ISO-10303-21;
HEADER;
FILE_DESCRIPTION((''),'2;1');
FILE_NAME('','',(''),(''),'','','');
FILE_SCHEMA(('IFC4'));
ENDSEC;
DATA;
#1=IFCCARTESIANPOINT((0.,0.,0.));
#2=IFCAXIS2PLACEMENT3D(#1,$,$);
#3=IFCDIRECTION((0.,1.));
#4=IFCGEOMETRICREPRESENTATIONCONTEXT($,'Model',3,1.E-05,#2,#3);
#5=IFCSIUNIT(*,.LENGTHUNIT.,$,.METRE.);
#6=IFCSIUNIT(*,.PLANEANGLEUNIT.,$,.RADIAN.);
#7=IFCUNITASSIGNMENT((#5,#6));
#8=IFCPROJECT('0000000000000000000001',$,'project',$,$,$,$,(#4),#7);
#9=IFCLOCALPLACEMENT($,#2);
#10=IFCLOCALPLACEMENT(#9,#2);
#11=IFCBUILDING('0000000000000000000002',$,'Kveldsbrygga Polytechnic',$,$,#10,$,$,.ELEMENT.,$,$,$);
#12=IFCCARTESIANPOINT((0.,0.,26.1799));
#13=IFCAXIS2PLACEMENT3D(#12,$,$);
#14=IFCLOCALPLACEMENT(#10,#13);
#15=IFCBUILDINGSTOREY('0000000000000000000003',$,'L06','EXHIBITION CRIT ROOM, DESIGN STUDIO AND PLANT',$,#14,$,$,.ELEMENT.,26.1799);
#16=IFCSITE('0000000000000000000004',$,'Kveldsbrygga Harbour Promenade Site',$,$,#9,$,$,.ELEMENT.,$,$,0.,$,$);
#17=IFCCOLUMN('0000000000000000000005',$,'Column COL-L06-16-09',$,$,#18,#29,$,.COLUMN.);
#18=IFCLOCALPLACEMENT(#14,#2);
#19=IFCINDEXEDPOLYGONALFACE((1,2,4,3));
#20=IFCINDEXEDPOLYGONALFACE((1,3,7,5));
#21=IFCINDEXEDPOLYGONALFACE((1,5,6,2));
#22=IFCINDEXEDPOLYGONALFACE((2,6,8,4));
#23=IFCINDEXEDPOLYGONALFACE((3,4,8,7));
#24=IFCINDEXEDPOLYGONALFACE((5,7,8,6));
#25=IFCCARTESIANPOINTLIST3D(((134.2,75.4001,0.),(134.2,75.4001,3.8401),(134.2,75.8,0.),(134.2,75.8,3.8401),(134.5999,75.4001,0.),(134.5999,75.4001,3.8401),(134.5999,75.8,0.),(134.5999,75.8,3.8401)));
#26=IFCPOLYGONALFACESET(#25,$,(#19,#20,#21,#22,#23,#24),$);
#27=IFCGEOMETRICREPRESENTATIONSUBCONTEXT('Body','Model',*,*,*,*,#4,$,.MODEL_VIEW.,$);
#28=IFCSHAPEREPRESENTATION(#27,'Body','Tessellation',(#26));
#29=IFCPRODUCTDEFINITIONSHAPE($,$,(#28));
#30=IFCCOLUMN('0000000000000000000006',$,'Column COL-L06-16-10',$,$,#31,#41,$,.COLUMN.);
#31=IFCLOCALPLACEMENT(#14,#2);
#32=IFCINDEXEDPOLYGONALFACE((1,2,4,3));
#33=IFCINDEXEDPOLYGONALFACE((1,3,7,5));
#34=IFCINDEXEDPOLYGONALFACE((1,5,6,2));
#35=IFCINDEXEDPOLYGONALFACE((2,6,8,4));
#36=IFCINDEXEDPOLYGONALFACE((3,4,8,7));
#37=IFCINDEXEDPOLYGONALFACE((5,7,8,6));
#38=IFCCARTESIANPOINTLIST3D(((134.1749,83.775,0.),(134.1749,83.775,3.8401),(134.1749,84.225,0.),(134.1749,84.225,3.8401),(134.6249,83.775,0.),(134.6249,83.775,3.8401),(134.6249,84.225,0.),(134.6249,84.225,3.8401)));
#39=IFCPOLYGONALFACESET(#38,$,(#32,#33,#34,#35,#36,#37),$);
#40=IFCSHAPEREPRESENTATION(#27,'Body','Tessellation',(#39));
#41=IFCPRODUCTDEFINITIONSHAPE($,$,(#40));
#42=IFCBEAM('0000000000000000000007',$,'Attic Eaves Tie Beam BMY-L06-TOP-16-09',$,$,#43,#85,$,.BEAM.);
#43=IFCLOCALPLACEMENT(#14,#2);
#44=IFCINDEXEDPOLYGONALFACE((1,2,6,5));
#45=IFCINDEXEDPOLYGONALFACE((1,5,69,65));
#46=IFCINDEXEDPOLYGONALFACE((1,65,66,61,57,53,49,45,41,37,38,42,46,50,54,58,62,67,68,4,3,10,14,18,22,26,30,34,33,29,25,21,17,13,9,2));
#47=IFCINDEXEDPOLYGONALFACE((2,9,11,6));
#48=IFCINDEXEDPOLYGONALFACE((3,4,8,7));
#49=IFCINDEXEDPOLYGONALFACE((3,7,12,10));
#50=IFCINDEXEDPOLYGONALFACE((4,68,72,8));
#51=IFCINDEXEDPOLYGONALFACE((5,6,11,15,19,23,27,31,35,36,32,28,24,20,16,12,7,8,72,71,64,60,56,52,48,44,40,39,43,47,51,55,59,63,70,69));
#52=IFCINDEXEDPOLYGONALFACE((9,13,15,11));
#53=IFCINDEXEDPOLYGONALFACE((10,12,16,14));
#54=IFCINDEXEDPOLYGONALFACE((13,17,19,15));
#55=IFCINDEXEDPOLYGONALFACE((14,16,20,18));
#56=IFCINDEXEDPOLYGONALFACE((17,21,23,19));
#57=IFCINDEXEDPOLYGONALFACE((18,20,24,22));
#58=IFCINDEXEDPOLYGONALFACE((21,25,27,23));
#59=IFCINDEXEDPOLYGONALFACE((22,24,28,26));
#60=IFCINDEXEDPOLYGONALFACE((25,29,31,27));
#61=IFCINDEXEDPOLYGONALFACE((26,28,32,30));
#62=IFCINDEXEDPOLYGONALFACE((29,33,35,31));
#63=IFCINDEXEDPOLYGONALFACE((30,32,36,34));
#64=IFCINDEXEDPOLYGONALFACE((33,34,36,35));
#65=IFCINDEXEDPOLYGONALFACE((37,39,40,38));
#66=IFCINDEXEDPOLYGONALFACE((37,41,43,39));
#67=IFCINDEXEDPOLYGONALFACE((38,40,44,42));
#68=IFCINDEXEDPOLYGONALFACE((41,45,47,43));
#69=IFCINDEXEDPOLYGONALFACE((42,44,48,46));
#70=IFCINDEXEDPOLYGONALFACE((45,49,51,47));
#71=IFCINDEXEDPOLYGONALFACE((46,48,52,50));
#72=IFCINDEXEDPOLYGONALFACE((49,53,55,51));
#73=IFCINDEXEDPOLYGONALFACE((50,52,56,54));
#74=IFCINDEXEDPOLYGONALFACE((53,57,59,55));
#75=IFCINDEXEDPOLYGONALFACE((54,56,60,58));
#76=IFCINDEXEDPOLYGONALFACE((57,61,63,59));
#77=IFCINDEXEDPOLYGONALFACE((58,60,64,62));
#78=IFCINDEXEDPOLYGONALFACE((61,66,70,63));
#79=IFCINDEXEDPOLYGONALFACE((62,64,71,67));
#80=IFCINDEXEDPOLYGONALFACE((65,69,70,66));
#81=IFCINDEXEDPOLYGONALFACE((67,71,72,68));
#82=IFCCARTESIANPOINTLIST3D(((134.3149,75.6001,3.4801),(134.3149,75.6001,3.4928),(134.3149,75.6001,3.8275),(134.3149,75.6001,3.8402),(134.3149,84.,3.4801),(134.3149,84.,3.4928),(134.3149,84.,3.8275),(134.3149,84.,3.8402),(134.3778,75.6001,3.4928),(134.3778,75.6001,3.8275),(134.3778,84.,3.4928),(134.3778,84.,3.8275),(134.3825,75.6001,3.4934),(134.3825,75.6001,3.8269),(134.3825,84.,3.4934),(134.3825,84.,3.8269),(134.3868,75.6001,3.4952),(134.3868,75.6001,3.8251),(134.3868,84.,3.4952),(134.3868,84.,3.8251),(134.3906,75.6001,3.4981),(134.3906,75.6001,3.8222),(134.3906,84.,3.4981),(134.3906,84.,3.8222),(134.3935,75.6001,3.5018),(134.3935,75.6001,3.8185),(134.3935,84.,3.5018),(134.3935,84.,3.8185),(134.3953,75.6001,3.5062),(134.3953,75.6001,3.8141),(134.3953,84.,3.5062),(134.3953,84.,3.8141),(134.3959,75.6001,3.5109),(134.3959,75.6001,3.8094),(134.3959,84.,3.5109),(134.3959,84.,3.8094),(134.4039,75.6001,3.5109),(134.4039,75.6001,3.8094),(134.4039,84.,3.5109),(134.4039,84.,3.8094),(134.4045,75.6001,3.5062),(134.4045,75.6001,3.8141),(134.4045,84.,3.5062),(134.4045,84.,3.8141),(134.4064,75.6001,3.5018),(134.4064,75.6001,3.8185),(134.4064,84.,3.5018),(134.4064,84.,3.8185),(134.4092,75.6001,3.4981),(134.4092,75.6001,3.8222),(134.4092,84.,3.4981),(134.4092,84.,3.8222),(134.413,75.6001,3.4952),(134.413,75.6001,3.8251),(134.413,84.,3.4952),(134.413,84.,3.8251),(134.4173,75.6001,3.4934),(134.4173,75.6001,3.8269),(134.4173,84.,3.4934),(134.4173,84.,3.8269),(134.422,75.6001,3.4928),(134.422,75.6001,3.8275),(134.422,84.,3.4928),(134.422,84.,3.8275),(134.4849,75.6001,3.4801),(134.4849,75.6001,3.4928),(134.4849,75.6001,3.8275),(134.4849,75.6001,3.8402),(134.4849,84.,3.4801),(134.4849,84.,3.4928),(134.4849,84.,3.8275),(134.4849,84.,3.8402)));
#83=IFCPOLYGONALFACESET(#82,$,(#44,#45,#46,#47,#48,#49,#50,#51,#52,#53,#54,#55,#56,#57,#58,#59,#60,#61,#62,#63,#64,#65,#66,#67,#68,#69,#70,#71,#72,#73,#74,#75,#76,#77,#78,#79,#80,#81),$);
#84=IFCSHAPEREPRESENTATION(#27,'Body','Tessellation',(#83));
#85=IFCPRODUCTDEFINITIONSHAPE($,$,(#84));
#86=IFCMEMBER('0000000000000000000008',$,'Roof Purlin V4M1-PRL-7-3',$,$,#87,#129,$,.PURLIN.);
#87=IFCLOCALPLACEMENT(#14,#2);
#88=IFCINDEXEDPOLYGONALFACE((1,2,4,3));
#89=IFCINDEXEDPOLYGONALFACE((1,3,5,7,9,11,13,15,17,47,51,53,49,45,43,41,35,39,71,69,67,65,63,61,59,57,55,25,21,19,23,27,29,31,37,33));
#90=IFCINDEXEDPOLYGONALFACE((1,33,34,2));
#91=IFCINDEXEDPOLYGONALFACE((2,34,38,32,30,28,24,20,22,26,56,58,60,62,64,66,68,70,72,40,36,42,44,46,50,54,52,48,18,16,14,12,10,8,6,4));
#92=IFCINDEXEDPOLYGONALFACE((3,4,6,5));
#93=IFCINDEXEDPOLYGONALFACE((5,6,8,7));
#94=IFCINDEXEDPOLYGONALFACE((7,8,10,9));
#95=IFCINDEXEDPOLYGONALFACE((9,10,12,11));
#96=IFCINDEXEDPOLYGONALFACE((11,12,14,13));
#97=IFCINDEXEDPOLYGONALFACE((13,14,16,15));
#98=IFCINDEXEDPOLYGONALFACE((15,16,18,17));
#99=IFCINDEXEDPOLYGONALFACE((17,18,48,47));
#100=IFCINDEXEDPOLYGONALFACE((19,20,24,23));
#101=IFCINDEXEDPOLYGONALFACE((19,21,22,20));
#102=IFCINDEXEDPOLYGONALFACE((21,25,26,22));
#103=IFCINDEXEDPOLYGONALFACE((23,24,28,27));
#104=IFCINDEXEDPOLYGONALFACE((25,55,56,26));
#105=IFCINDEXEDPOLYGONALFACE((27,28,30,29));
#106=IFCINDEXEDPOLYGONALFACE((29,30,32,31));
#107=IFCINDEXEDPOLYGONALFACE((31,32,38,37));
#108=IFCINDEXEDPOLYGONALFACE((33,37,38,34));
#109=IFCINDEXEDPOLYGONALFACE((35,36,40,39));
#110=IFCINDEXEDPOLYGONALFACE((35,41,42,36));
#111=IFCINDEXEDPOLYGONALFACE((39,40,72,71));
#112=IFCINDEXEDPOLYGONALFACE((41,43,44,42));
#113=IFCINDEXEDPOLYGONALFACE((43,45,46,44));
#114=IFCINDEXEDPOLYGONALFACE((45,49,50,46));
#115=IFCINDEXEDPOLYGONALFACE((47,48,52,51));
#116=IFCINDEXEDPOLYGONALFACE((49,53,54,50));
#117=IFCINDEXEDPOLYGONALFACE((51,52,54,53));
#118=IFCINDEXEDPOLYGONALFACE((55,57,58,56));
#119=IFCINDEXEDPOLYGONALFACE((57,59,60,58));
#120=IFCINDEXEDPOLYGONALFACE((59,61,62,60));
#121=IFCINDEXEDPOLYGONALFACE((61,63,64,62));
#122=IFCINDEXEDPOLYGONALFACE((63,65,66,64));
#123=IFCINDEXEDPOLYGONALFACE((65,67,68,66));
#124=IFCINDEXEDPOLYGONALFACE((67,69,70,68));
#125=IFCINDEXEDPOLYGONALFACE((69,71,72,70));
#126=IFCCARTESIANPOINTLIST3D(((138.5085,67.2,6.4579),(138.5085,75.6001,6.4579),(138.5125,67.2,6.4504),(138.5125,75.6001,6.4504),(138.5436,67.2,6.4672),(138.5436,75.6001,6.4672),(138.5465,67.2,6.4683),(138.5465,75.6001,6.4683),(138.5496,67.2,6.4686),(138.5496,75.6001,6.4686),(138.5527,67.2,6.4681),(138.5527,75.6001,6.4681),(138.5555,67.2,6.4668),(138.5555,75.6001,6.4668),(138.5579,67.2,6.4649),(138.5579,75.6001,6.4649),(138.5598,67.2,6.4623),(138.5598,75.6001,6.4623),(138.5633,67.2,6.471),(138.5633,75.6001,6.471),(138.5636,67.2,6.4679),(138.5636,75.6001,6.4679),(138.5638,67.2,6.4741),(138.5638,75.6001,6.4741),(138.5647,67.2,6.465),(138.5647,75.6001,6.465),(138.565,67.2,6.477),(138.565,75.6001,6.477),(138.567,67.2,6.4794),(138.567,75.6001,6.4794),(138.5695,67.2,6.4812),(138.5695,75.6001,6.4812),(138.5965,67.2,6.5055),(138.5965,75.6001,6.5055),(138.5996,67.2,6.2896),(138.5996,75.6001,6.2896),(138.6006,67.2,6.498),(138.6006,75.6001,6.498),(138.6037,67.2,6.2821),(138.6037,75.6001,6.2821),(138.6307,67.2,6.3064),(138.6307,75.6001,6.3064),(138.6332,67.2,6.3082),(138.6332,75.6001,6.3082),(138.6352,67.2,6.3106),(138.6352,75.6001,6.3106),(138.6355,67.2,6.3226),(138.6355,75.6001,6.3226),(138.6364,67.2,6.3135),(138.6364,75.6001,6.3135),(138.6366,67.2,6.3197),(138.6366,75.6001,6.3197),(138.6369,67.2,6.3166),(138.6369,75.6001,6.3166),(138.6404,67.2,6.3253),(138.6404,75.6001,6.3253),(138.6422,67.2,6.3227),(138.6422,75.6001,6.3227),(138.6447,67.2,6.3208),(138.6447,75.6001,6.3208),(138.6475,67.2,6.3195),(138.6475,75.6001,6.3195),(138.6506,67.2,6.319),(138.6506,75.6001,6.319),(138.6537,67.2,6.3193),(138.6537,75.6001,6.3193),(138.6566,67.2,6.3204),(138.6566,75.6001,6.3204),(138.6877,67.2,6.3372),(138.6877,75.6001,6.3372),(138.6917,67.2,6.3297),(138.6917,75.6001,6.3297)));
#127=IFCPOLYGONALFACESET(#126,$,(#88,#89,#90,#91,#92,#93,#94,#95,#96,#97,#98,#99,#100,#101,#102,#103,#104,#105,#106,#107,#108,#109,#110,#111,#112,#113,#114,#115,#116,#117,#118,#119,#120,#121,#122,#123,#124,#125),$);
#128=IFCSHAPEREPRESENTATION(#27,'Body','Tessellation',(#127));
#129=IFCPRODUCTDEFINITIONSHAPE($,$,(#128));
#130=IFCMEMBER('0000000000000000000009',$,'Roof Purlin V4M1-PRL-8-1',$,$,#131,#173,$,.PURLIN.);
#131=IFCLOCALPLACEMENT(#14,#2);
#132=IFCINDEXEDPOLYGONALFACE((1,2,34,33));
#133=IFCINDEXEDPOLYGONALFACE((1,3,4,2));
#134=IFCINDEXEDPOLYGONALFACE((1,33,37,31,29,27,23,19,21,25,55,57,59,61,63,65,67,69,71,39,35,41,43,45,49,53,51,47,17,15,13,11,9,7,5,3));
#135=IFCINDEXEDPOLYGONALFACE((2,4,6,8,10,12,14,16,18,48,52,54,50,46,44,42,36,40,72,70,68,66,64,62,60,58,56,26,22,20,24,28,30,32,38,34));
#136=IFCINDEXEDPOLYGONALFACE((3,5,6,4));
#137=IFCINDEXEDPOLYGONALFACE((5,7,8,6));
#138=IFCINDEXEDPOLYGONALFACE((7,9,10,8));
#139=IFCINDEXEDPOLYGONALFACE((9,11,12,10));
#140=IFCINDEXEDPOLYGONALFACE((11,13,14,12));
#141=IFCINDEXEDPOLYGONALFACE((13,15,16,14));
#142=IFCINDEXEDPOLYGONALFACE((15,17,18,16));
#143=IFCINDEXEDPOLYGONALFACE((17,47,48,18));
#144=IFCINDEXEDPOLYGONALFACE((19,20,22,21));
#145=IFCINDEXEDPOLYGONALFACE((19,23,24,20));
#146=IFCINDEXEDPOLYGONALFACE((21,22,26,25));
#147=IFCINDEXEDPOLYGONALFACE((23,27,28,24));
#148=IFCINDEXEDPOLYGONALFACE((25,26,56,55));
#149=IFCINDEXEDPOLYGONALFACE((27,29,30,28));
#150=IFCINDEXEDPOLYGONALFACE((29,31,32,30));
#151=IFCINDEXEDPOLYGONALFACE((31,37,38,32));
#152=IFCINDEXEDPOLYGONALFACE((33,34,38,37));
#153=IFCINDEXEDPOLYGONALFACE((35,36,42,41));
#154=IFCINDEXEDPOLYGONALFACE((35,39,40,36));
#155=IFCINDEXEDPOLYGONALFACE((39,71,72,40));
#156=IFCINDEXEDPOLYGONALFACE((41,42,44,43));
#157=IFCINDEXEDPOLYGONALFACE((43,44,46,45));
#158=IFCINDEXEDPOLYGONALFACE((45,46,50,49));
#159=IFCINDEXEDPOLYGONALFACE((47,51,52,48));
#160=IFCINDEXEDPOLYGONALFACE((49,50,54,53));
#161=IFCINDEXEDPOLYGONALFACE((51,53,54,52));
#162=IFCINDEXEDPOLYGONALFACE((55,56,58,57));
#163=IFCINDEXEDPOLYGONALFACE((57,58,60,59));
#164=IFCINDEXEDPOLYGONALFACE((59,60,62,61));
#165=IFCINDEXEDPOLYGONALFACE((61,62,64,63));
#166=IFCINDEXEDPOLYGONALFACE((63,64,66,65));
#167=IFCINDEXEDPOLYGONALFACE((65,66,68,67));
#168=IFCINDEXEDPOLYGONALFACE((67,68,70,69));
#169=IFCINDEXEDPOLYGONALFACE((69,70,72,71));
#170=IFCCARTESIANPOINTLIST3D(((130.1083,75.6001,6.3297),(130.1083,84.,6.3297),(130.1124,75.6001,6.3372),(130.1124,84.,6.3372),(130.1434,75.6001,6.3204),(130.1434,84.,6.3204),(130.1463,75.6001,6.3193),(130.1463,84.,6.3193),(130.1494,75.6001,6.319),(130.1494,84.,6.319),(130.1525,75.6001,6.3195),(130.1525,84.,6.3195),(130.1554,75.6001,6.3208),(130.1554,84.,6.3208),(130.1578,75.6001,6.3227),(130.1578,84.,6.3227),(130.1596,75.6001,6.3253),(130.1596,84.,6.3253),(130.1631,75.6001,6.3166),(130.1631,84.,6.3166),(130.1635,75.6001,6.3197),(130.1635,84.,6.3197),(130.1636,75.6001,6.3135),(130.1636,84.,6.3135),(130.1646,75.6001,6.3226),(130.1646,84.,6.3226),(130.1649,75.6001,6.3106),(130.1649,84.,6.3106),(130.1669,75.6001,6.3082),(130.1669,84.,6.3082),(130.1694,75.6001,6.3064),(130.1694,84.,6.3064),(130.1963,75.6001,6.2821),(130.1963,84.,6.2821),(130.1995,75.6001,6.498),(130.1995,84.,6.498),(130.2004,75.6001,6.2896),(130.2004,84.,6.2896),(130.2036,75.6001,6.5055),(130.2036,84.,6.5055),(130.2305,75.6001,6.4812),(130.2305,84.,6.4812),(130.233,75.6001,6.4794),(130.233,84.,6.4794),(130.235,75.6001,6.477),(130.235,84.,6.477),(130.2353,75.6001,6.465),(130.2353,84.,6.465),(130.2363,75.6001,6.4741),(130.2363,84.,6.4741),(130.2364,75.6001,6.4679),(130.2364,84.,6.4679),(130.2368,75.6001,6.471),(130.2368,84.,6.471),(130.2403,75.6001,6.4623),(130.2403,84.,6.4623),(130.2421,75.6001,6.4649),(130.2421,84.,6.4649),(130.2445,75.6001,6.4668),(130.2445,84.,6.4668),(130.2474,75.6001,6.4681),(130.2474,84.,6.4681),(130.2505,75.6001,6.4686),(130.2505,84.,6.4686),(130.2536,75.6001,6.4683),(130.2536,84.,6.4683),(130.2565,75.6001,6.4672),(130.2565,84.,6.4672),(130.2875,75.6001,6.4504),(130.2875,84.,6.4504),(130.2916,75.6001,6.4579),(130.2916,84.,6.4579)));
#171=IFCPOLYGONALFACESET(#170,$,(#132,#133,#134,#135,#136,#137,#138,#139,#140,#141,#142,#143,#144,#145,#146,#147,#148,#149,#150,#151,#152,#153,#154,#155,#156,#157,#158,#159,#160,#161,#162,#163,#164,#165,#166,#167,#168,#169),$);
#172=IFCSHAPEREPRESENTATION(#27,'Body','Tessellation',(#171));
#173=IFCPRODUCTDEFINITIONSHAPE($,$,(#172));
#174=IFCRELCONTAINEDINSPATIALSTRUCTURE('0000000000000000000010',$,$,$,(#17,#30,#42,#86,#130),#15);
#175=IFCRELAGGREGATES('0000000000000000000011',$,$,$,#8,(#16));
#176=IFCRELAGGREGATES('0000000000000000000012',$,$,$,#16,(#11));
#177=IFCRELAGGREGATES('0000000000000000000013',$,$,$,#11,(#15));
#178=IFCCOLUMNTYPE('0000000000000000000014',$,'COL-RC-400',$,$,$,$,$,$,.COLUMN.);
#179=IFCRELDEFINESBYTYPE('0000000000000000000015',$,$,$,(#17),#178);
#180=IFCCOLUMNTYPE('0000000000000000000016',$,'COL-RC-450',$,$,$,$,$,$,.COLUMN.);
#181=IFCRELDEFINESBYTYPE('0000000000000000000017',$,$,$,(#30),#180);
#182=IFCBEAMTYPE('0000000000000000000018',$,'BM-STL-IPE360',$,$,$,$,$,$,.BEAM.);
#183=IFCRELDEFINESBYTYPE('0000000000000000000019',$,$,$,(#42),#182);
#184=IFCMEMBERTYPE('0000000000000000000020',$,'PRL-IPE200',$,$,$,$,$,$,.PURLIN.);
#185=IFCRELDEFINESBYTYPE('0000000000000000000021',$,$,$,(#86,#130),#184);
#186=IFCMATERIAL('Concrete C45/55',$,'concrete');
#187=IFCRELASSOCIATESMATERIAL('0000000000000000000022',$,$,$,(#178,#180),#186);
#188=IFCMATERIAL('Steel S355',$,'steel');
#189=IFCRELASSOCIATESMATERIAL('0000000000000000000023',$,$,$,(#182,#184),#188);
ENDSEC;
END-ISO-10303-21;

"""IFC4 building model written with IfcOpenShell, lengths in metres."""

from ifc_helpers import new_model, si_unit, direction, frame, origin, origin_2d, place, context, subcontext, project, spatial, rectangle, i_section, extrude, material, material_profile, profile_set, type_object, element, save


model = new_model("IFC4")

# Units and contexts
model_context = context("Model", 3, precision=1e-05, world=origin(), true_north=direction((0.0, 1.0)))
body_context = subcontext(model_context, "Body", "Model", "MODEL_VIEW")
ifc_project = project(units=[si_unit("LENGTHUNIT", "METRE"), si_unit("PLANEANGLEUNIT", "RADIAN")], contexts=[model_context])

# Site, building, storey
site_placement = place(None, origin())
site = spatial("IfcSite", under=ifc_project, at=site_placement, Name="Kveldsbrygga Harbour Promenade Site", CompositionType="ELEMENT", RefElevation=0.0)
building_placement = place(site_placement, origin())
building = spatial("IfcBuilding", under=site, at=building_placement, Name="Kveldsbrygga Polytechnic", CompositionType="ELEMENT")
storey_placement = place(building_placement, frame((0.0, 0.0, 26.1799)))
storey = spatial("IfcBuildingStorey", under=building, at=storey_placement, Name="L06", Description="EXHIBITION CRIT ROOM, DESIGN STUDIO AND PLANT", CompositionType="ELEMENT", Elevation=26.1799)

# Columns
ifc_material_1 = material(Name="Concrete C45/55", Category="concrete")
ifc_material_profile_1 = material_profile(ifc_material_1, rectangle(XDim=0.3999, YDim=0.3999, at=origin_2d()), Name="RC 400x400")
ifc_profile_set_1 = profile_set([ifc_material_profile_1], Name="Concrete C45/55")
column_type_1 = type_object("IfcColumnType", Name="COL-RC-400", PredefinedType="COLUMN", material=ifc_profile_set_1)
column_1_placement = place(storey_placement, frame((134.3999, 75.6001, 0.0), z_axis=(0.0, 0.0, 1.0), x_axis=(1.0, 0.0, 0.0)))
element("IfcColumn", 1, at=column_1_placement, inside=storey, type_object=column_type_1, Name="Column COL-L06-16-09", PredefinedType="COLUMN", context=body_context, shape_type="SweptSolid", body=[
    extrude(rectangle(XDim=0.3999, YDim=0.3999, at=origin_2d()), origin(), (0.0, 0.0, 1.0), 3.8401),
])
ifc_material_profile_2 = material_profile(ifc_material_1, rectangle(XDim=0.45, YDim=0.45, at=origin_2d()), Name="RC 450x450")
ifc_profile_set_2 = profile_set([ifc_material_profile_2], Name="Concrete C45/55")
column_type_2 = type_object("IfcColumnType", Name="COL-RC-450", PredefinedType="COLUMN", material=ifc_profile_set_2)
column_2_placement = place(storey_placement, frame((134.3999, 84.0, 0.0), z_axis=(0.0, 0.0, 1.0), x_axis=(1.0, 0.0, 0.0)))
element("IfcColumn", 2, at=column_2_placement, inside=storey, type_object=column_type_2, Name="Column COL-L06-16-10", PredefinedType="COLUMN", context=body_context, shape_type="SweptSolid", body=[
    extrude(rectangle(XDim=0.45, YDim=0.45, at=origin_2d()), origin(), (0.0, 0.0, 1.0), 3.8401),
])

# Beam
ifc_material_2 = material(Name="Steel S355", Category="steel")
ifc_material_profile_3 = material_profile(ifc_material_2, i_section(OverallWidth=0.1699, OverallDepth=0.3601, WebThickness=0.0081, FlangeThickness=0.0127, FilletRadius=0.0181, at=origin_2d()), Name="IPE 360")
ifc_profile_set_3 = profile_set([ifc_material_profile_3], Name="Steel S355")
beam_type = type_object("IfcBeamType", Name="BM-STL-IPE360", PredefinedType="BEAM", material=ifc_profile_set_3)
beam_placement = place(storey_placement, frame((134.3999, 75.6001, 3.6602), z_axis=(0.0, 1.0, 0.0), x_axis=(-1.0, 0.0, 0.0)))
element("IfcBeam", 3, at=beam_placement, inside=storey, type_object=beam_type, Name="Attic Eaves Tie Beam BMY-L06-TOP-16-09", PredefinedType="BEAM", context=body_context, shape_type="SweptSolid", body=[
    extrude(i_section(OverallWidth=0.1699, OverallDepth=0.3601, WebThickness=0.0081, FlangeThickness=0.0127, FilletRadius=0.0181, at=origin_2d()), origin(), (0.0, 0.0, 1.0), 8.3999),
])

# Members
ifc_material_profile_4 = material_profile(ifc_material_2, i_section(OverallWidth=0.1001, OverallDepth=0.2, WebThickness=0.0056, FlangeThickness=0.0085, FilletRadius=0.012, at=origin_2d()), Name="IPE 200")
ifc_profile_set_4 = profile_set([ifc_material_profile_4], Name="Steel S355")
member_type_1 = type_object("IfcMemberType", Name="PRL-IPE200", PredefinedType="PURLIN", material=ifc_profile_set_4)
member_1_placement = place(storey_placement, frame((138.6001, 67.2, 6.3938), z_axis=(0.0, 1.0, 0.0), x_axis=(-0.879292, 0.0, -0.476283)))
element("IfcMember", 4, at=member_1_placement, inside=storey, type_object=member_type_1, Name="Roof Purlin V4M1-PRL-7-3", PredefinedType="PURLIN", context=body_context, shape_type="SweptSolid", body=[
    extrude(i_section(OverallWidth=0.1001, OverallDepth=0.2, WebThickness=0.0056, FlangeThickness=0.0085, FilletRadius=0.012, at=origin_2d()), origin(), (0.0, 0.0, 1.0), 8.4001),
])
for number, where, z_axis, x_axis, name in (
    (5, (130.2, 75.6001, 6.3938), (0.0, 1.0, 0.0), (-0.879292, 0.0, 0.476283), "Roof Purlin V4M1-PRL-8-1"),
):
    element("IfcMember", number, at=place(storey_placement, frame(where, z_axis=z_axis, x_axis=x_axis)), inside=storey, type_object=member_type_1, Name=name, PredefinedType="PURLIN", context=body_context, shape_type="SweptSolid", body=[
        extrude(i_section(OverallWidth=0.1001, OverallDepth=0.2, WebThickness=0.0056, FlangeThickness=0.0085, FilletRadius=0.012, at=origin_2d()), origin(), (0.0, 0.0, 1.0), 8.3999),
    ])

save(model, "model.ifc")
